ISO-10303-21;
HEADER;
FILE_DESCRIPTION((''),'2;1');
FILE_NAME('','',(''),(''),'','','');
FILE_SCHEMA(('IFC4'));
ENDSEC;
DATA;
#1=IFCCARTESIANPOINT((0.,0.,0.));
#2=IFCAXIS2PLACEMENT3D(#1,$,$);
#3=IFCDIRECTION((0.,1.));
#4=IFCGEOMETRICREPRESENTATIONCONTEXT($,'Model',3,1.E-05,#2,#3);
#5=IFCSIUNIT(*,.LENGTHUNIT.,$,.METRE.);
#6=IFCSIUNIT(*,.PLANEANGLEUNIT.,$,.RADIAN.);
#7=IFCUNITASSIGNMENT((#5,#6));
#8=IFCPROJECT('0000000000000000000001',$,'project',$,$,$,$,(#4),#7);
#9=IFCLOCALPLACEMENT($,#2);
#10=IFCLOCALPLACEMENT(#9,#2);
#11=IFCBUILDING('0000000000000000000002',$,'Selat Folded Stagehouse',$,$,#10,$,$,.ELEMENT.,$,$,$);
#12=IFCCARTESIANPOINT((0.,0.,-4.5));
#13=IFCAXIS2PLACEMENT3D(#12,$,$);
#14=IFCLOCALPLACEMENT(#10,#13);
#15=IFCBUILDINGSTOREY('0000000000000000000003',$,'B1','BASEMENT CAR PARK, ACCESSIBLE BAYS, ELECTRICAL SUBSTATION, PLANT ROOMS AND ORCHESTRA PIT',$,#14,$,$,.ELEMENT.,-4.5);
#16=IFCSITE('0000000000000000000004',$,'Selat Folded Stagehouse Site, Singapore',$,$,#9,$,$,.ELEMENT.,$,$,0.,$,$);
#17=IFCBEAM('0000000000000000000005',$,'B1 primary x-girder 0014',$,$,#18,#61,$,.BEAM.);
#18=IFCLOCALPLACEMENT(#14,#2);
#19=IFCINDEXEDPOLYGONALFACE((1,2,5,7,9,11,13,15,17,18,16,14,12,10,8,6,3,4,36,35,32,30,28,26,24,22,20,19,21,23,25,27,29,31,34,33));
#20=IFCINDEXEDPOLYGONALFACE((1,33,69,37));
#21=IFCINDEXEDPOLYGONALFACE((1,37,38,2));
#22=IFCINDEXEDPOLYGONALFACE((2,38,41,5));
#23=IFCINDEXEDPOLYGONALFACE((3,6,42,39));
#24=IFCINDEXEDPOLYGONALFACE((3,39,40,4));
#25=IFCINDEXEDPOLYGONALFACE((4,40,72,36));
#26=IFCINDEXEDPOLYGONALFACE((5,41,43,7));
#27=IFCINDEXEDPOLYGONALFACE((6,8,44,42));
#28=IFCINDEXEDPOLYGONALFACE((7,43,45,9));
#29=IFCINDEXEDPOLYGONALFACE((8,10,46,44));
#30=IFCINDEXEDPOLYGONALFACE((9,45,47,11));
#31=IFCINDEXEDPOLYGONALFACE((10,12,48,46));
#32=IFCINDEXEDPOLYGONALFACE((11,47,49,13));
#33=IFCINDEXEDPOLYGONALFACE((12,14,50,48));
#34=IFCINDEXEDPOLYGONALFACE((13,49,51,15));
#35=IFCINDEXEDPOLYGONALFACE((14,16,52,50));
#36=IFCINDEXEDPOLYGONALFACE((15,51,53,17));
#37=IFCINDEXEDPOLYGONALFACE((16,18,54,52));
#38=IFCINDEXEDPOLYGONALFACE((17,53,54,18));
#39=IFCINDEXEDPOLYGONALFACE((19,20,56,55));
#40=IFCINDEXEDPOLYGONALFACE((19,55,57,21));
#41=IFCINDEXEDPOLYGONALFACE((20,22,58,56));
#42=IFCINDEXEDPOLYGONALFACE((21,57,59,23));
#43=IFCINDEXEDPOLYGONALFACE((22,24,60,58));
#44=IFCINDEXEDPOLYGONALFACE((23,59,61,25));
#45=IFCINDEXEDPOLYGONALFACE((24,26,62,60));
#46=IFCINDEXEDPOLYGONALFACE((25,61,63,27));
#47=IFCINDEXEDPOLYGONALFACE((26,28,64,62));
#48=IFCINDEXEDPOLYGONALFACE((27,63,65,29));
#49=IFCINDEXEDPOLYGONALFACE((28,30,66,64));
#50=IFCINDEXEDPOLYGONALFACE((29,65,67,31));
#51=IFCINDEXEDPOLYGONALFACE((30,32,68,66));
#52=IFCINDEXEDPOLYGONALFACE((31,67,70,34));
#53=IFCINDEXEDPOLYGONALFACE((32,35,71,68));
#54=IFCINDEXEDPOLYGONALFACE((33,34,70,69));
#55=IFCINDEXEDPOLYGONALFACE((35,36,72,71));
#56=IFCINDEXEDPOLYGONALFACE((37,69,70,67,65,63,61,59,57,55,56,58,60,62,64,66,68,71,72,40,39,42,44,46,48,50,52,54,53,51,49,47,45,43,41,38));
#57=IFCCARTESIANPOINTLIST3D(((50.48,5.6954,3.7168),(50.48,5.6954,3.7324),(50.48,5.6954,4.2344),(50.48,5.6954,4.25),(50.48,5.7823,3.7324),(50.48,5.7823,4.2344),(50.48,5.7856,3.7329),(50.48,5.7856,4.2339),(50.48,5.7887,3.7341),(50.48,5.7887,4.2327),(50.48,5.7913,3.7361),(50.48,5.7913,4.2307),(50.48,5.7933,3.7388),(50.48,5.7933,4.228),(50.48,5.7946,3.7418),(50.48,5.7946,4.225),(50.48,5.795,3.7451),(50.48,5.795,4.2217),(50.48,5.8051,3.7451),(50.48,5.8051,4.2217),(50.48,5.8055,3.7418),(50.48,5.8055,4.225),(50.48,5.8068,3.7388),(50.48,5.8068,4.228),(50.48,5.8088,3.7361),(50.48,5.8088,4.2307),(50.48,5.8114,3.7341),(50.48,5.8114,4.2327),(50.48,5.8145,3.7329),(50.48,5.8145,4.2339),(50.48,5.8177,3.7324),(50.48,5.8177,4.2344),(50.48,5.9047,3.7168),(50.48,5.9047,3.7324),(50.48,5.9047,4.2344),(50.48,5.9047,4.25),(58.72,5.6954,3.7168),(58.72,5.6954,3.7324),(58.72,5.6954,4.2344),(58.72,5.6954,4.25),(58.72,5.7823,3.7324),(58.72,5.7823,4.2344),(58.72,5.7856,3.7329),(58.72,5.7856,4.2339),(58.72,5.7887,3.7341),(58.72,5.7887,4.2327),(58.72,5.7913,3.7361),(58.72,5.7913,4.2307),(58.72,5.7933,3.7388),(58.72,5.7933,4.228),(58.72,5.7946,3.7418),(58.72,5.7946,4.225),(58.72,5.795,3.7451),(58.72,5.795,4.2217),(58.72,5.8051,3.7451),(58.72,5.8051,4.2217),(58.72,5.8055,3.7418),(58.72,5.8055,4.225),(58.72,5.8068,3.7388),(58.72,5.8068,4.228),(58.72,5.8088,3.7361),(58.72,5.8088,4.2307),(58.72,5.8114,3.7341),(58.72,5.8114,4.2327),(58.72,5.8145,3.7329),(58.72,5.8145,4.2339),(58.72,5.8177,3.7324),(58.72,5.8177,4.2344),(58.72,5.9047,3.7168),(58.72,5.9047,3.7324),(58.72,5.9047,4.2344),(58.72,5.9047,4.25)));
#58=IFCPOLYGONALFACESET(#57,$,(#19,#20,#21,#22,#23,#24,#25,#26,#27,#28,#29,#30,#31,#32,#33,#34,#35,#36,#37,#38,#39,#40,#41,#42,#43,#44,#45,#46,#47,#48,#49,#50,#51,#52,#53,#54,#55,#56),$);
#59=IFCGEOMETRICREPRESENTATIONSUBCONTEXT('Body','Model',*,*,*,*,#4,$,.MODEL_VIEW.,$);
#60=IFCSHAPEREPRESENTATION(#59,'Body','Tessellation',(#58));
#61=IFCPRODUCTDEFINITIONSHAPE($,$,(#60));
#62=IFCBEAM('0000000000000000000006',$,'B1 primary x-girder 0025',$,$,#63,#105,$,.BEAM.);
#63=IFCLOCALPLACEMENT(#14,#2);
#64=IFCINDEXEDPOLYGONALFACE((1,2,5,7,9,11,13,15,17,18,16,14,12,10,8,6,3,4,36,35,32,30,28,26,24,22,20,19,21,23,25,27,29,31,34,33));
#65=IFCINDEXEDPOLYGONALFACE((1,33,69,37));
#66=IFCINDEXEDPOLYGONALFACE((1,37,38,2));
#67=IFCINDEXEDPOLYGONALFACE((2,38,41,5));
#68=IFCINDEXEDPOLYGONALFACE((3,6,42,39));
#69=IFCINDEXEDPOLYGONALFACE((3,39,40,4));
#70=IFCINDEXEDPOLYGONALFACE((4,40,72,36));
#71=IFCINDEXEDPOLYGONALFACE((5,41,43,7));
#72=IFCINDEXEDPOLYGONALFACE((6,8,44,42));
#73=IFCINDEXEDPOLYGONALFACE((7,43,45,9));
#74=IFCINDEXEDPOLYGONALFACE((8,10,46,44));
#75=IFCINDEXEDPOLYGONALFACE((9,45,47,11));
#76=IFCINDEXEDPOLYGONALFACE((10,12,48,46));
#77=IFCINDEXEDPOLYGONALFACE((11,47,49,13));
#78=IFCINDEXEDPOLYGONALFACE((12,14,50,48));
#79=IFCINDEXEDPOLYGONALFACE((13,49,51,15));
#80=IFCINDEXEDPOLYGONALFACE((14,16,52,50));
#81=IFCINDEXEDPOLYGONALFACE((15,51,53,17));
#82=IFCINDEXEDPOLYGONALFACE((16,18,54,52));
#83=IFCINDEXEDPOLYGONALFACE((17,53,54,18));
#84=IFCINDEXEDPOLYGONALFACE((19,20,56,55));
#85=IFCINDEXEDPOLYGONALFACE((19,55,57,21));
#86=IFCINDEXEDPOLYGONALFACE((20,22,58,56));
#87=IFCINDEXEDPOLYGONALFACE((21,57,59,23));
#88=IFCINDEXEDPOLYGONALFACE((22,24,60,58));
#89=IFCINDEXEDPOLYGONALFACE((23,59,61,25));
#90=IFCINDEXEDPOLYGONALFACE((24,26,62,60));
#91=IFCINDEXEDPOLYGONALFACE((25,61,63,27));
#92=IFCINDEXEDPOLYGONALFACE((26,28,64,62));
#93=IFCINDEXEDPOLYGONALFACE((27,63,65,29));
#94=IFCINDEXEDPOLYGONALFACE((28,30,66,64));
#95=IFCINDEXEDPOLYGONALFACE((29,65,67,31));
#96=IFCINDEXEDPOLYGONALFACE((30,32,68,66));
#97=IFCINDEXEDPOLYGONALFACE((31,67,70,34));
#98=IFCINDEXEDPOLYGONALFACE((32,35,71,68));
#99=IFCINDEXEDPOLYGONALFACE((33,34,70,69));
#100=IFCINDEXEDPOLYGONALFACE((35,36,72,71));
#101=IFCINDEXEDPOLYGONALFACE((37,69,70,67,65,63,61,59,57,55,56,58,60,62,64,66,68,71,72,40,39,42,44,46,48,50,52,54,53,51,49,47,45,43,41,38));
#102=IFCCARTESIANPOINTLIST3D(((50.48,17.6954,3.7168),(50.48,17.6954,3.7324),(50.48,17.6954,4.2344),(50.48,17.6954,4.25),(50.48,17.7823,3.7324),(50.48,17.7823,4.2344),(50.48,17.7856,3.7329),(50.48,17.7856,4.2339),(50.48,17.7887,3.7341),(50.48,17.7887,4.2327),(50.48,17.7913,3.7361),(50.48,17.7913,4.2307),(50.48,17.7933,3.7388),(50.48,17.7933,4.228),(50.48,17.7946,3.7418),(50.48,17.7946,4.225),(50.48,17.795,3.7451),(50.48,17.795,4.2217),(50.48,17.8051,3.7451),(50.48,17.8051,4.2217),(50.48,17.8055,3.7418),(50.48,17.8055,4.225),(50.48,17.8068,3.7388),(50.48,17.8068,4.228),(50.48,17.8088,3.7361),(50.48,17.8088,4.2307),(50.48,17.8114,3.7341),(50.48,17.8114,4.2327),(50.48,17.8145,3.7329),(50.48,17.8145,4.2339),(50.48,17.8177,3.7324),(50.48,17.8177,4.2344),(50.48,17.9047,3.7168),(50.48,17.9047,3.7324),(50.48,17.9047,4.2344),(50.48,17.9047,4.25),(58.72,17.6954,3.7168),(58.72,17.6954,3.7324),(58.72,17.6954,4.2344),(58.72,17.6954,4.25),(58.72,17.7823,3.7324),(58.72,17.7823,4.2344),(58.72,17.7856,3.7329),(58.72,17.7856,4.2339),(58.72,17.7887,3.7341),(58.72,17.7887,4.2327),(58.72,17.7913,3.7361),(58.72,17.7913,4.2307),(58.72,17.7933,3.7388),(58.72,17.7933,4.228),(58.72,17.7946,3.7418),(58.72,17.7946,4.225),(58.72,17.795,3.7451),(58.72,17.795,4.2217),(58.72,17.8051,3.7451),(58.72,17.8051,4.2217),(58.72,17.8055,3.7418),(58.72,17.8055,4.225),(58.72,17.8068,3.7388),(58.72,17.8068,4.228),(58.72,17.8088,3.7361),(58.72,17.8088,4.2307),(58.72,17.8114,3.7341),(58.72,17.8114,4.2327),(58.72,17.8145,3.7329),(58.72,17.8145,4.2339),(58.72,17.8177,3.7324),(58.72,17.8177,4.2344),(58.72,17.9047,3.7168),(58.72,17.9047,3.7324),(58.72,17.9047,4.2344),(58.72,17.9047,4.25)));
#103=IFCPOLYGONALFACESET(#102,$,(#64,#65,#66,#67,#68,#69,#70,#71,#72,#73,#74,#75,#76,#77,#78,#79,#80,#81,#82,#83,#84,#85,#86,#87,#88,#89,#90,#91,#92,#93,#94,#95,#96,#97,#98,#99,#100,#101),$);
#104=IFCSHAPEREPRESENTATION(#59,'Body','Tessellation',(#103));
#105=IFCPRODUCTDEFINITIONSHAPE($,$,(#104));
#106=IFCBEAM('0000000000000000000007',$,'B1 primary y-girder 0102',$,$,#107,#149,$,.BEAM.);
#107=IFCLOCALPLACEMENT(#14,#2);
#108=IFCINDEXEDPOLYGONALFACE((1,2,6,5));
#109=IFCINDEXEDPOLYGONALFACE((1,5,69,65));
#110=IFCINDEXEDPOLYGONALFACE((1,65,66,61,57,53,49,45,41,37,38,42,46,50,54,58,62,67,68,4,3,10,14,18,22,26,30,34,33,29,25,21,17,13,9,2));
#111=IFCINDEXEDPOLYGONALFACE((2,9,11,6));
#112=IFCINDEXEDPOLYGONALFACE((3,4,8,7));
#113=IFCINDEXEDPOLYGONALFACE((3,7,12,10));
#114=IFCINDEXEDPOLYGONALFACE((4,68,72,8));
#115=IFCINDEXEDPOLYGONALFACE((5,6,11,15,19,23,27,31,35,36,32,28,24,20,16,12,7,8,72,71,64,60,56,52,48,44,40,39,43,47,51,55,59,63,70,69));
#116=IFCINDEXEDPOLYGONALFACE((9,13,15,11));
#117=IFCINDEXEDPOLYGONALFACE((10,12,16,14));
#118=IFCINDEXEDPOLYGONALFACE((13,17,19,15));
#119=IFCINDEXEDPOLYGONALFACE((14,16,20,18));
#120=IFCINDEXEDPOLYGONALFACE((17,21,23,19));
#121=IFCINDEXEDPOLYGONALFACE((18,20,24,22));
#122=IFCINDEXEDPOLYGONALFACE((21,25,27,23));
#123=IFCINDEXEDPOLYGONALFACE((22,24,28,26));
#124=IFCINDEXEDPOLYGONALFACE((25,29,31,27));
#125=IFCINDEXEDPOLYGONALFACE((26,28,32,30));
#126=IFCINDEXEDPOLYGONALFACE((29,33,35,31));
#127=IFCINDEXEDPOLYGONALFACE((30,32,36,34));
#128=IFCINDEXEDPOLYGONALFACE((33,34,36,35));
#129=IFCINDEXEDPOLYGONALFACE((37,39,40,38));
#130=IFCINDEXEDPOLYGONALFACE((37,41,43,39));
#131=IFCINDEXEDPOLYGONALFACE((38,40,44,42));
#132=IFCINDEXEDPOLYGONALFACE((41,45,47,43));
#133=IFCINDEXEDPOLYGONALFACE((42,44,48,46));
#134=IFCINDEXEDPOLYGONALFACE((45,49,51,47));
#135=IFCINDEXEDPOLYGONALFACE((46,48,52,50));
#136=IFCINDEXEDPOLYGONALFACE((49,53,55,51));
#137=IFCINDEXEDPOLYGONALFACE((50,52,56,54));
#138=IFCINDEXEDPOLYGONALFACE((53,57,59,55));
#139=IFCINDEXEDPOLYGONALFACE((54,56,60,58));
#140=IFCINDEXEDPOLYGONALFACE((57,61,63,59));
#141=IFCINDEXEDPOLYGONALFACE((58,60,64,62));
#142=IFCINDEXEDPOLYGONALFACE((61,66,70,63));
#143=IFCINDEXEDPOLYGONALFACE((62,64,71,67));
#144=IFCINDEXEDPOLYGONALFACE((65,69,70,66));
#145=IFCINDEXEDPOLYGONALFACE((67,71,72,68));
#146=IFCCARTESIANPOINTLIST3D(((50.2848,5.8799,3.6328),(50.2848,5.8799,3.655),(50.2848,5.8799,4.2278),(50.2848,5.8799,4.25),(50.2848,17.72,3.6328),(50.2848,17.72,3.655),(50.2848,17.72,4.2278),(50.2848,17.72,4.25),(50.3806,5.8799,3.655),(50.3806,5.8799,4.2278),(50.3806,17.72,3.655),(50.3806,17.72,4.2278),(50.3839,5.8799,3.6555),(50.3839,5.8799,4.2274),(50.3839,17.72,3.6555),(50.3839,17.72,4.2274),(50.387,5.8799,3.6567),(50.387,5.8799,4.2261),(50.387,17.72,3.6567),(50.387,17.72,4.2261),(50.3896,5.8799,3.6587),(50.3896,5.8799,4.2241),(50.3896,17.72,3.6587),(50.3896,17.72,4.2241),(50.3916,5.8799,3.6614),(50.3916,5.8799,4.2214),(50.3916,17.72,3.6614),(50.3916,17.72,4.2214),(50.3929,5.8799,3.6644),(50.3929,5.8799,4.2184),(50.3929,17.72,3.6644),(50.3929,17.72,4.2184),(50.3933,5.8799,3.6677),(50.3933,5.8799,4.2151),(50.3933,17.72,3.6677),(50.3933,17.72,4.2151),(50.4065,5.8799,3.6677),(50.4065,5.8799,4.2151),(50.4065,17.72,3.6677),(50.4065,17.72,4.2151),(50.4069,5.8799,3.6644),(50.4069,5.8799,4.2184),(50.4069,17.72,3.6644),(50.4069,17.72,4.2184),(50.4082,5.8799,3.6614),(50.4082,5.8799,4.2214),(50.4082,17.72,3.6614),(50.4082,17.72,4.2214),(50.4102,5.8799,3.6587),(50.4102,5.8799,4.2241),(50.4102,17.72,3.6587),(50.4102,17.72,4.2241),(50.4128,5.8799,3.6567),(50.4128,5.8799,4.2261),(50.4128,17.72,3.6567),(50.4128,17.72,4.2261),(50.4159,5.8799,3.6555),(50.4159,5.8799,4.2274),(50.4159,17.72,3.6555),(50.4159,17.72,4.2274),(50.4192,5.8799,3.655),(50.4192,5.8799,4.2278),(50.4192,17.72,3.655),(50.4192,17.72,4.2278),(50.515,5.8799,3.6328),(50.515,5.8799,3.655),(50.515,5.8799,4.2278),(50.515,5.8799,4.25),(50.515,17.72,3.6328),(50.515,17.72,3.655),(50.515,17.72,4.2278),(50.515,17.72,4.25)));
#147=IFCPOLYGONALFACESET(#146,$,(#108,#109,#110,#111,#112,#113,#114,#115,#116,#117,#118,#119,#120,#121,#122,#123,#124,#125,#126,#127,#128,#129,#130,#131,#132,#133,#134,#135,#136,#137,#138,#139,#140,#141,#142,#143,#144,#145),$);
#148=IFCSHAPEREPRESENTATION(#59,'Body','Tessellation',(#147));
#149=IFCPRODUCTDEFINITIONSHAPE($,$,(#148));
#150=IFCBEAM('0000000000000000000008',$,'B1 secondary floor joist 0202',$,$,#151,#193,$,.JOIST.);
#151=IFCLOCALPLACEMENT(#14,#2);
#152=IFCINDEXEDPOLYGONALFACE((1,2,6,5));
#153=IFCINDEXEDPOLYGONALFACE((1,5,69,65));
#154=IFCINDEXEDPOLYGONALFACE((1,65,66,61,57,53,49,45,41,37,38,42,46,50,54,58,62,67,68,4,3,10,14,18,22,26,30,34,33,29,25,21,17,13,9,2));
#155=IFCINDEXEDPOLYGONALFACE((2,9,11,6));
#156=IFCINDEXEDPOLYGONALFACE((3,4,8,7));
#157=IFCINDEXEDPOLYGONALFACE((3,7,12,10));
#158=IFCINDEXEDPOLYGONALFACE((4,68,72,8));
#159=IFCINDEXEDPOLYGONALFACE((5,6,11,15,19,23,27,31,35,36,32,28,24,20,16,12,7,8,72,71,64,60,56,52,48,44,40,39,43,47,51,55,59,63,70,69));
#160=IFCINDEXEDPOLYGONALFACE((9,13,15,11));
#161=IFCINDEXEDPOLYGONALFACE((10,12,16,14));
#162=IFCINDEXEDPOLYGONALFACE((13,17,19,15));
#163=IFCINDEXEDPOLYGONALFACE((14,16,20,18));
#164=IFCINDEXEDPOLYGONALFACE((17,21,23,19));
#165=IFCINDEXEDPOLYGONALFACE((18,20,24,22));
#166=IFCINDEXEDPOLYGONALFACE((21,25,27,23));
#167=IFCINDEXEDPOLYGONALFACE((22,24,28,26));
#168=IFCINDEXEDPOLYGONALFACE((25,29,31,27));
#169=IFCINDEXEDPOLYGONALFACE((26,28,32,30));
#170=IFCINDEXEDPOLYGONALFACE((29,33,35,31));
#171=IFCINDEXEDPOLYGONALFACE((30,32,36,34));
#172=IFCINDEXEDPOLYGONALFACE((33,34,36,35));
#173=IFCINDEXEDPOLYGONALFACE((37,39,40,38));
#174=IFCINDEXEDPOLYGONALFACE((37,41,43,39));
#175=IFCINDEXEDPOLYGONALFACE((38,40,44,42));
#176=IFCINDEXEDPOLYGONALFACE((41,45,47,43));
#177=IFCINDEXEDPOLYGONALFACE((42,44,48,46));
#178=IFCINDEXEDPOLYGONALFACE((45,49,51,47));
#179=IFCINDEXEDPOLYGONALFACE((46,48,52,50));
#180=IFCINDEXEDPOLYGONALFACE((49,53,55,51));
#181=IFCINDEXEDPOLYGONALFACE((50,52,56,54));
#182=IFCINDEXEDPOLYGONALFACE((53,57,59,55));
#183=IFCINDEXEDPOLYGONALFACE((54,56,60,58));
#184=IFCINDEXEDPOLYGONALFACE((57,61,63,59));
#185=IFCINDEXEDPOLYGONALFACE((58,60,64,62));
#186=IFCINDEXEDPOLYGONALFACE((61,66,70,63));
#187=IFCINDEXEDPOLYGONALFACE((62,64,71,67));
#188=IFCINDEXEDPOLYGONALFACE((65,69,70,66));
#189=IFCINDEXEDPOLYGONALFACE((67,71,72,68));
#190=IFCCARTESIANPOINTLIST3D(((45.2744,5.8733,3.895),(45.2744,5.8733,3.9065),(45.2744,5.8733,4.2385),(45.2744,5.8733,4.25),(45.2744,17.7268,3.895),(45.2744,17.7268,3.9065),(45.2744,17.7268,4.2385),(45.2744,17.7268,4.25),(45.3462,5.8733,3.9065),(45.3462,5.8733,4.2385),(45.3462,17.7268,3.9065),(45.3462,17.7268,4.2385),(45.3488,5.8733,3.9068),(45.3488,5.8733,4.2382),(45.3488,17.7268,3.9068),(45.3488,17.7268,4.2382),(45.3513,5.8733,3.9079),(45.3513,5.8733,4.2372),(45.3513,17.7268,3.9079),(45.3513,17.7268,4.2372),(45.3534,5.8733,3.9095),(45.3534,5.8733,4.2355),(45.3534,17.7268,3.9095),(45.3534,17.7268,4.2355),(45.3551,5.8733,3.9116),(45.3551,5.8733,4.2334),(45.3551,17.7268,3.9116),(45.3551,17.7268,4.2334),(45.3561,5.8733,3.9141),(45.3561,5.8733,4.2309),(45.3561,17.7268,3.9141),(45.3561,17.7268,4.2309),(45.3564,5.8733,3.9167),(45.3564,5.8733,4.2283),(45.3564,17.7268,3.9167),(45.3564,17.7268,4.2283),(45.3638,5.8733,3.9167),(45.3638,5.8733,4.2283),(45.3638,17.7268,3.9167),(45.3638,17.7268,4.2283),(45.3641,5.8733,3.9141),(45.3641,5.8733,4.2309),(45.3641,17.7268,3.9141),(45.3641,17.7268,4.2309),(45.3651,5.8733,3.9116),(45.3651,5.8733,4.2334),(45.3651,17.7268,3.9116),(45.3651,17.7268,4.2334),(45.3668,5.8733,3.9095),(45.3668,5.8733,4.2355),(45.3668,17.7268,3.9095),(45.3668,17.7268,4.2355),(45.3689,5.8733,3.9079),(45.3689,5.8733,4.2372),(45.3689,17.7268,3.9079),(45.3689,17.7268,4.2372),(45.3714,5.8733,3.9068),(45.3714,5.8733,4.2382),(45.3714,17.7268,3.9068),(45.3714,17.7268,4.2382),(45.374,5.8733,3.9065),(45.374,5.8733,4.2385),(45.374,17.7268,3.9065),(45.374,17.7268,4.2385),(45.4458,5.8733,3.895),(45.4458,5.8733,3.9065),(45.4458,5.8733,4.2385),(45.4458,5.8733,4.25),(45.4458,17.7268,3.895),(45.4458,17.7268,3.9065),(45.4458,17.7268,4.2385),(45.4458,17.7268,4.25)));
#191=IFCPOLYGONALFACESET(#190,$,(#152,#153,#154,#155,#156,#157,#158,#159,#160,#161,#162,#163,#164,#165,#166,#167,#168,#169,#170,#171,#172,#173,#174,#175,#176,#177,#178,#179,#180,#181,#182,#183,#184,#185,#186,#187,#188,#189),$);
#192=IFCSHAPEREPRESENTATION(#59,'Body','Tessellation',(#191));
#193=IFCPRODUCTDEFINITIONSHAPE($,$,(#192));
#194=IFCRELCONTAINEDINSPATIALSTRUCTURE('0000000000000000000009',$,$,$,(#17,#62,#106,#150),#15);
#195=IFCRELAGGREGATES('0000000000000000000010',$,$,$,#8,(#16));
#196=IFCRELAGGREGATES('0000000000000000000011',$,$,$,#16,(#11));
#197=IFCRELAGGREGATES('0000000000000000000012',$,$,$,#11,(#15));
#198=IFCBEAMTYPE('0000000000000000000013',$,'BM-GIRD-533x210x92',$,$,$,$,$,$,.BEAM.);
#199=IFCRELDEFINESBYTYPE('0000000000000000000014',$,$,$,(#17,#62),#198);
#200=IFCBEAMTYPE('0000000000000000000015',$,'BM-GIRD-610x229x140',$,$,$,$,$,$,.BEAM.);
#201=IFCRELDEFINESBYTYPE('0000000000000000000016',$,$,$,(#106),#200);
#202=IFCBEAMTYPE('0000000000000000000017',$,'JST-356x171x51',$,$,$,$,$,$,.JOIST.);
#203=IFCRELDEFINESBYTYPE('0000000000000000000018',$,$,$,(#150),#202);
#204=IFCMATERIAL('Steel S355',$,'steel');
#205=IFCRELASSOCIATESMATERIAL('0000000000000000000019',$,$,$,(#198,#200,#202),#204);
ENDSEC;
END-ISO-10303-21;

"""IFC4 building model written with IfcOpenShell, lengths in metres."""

from ifc_helpers import new_model, si_unit, direction, frame, origin, origin_2d, place, context, subcontext, project, spatial, i_section, extrude, material, material_profile, profile_set, type_object, element, save


model = new_model("IFC4")

# Units and contexts
model_context = context("Model", 3, precision=1e-05, world=origin(), true_north=direction((0.0, 1.0)))
body_context = subcontext(model_context, "Body", "Model", "MODEL_VIEW")
ifc_project = project(units=[si_unit("LENGTHUNIT", "METRE"), si_unit("PLANEANGLEUNIT", "RADIAN")], contexts=[model_context])

# Site, building, storey
site_placement = place(None, origin())
site = spatial("IfcSite", under=ifc_project, at=site_placement, Name="Selat Folded Stagehouse Site, Singapore", CompositionType="ELEMENT", RefElevation=0.0)
building_placement = place(site_placement, origin())
building = spatial("IfcBuilding", under=site, at=building_placement, Name="Selat Folded Stagehouse", CompositionType="ELEMENT")
storey_placement = place(building_placement, frame((0.0, 0.0, -4.5)))
storey = spatial("IfcBuildingStorey", under=building, at=storey_placement, Name="B1", Description="BASEMENT CAR PARK, ACCESSIBLE BAYS, ELECTRICAL SUBSTATION, PLANT ROOMS AND ORCHESTRA PIT", CompositionType="ELEMENT", Elevation=-4.5)

# Shared definitions
ifc_material_1 = material(Name="Steel S355", Category="steel")

# Beams
ifc_material_profile_1 = material_profile(ifc_material_1, i_section(OverallWidth=0.2092, OverallDepth=0.5332, WebThickness=0.01, FlangeThickness=0.0156, FilletRadius=0.0127, at=origin_2d()), Name="UKB 533x210x92")
ifc_profile_set_1 = profile_set([ifc_material_profile_1], Name="Steel S355")
beam_type_1 = type_object("IfcBeamType", Name="BM-GIRD-533x210x92", PredefinedType="BEAM", material=ifc_profile_set_1)
for number, where, z_axis, x_axis, name in (
    (1, (50.48, 5.8, 3.9834), (1.0, 0.0, 0.0), (0.0, 1.0, 0.0), "B1 primary x-girder 0014"),
    (2, (50.48, 17.8, 3.9834), (1.0, 0.0, 0.0), (0.0, 1.0, 0.0), "B1 primary x-girder 0025"),
):
    element("IfcBeam", number, at=place(storey_placement, frame(where, z_axis=z_axis, x_axis=x_axis)), inside=storey, type_object=beam_type_1, Name=name, PredefinedType="BEAM", context=body_context, shape_type="SweptSolid", body=[
        extrude(i_section(OverallWidth=0.2092, OverallDepth=0.5332, WebThickness=0.01, FlangeThickness=0.0156, FilletRadius=0.0127, at=origin_2d()), origin(), (0.0, 0.0, 1.0), 8.24),
    ])
ifc_material_profile_2 = material_profile(ifc_material_1, i_section(OverallWidth=0.2302, OverallDepth=0.6172, WebThickness=0.0132, FlangeThickness=0.0222, FilletRadius=0.0127, at=origin_2d()), Name="UKB 610x229x140")
ifc_profile_set_2 = profile_set([ifc_material_profile_2], Name="Steel S355")
beam_type_2 = type_object("IfcBeamType", Name="BM-GIRD-610x229x140", PredefinedType="BEAM", material=ifc_profile_set_2)
beam_placement = place(storey_placement, frame((50.3999, 5.8799, 3.9414), z_axis=(0.0, 1.0, 0.0), x_axis=(-1.0, 0.0, 0.0)))
element("IfcBeam", 3, at=beam_placement, inside=storey, type_object=beam_type_2, Name="B1 primary y-girder 0102", PredefinedType="BEAM", context=body_context, shape_type="SweptSolid", body=[
    extrude(i_section(OverallWidth=0.2302, OverallDepth=0.6172, WebThickness=0.0132, FlangeThickness=0.0222, FilletRadius=0.0127, at=origin_2d()), origin(), (0.0, 0.0, 1.0), 11.8401),
])
ifc_material_profile_3 = material_profile(ifc_material_1, i_section(OverallWidth=0.1714, OverallDepth=0.355, WebThickness=0.0073, FlangeThickness=0.0115, FilletRadius=0.0103, at=origin_2d()), Name="UKB 356x171x51")
ifc_profile_set_3 = profile_set([ifc_material_profile_3], Name="Steel S355")
beam_type_3 = type_object("IfcBeamType", Name="JST-356x171x51", PredefinedType="JOIST", material=ifc_profile_set_3)
for number, where, z_axis, x_axis, name in (
    (4, (45.3601, 5.8733, 4.0725), (0.0, 1.0, 0.0), (-1.0, 0.0, 0.0), "B1 secondary floor joist 0202"),
):
    element("IfcBeam", number, at=place(storey_placement, frame(where, z_axis=z_axis, x_axis=x_axis)), inside=storey, type_object=beam_type_3, Name=name, PredefinedType="JOIST", context=body_context, shape_type="SweptSolid", body=[
        extrude(i_section(OverallWidth=0.1714, OverallDepth=0.355, WebThickness=0.0073, FlangeThickness=0.0115, FilletRadius=0.0103, at=origin_2d()), origin(), (0.0, 0.0, 1.0), 11.8535),
    ])

save(model, "model.ifc")
